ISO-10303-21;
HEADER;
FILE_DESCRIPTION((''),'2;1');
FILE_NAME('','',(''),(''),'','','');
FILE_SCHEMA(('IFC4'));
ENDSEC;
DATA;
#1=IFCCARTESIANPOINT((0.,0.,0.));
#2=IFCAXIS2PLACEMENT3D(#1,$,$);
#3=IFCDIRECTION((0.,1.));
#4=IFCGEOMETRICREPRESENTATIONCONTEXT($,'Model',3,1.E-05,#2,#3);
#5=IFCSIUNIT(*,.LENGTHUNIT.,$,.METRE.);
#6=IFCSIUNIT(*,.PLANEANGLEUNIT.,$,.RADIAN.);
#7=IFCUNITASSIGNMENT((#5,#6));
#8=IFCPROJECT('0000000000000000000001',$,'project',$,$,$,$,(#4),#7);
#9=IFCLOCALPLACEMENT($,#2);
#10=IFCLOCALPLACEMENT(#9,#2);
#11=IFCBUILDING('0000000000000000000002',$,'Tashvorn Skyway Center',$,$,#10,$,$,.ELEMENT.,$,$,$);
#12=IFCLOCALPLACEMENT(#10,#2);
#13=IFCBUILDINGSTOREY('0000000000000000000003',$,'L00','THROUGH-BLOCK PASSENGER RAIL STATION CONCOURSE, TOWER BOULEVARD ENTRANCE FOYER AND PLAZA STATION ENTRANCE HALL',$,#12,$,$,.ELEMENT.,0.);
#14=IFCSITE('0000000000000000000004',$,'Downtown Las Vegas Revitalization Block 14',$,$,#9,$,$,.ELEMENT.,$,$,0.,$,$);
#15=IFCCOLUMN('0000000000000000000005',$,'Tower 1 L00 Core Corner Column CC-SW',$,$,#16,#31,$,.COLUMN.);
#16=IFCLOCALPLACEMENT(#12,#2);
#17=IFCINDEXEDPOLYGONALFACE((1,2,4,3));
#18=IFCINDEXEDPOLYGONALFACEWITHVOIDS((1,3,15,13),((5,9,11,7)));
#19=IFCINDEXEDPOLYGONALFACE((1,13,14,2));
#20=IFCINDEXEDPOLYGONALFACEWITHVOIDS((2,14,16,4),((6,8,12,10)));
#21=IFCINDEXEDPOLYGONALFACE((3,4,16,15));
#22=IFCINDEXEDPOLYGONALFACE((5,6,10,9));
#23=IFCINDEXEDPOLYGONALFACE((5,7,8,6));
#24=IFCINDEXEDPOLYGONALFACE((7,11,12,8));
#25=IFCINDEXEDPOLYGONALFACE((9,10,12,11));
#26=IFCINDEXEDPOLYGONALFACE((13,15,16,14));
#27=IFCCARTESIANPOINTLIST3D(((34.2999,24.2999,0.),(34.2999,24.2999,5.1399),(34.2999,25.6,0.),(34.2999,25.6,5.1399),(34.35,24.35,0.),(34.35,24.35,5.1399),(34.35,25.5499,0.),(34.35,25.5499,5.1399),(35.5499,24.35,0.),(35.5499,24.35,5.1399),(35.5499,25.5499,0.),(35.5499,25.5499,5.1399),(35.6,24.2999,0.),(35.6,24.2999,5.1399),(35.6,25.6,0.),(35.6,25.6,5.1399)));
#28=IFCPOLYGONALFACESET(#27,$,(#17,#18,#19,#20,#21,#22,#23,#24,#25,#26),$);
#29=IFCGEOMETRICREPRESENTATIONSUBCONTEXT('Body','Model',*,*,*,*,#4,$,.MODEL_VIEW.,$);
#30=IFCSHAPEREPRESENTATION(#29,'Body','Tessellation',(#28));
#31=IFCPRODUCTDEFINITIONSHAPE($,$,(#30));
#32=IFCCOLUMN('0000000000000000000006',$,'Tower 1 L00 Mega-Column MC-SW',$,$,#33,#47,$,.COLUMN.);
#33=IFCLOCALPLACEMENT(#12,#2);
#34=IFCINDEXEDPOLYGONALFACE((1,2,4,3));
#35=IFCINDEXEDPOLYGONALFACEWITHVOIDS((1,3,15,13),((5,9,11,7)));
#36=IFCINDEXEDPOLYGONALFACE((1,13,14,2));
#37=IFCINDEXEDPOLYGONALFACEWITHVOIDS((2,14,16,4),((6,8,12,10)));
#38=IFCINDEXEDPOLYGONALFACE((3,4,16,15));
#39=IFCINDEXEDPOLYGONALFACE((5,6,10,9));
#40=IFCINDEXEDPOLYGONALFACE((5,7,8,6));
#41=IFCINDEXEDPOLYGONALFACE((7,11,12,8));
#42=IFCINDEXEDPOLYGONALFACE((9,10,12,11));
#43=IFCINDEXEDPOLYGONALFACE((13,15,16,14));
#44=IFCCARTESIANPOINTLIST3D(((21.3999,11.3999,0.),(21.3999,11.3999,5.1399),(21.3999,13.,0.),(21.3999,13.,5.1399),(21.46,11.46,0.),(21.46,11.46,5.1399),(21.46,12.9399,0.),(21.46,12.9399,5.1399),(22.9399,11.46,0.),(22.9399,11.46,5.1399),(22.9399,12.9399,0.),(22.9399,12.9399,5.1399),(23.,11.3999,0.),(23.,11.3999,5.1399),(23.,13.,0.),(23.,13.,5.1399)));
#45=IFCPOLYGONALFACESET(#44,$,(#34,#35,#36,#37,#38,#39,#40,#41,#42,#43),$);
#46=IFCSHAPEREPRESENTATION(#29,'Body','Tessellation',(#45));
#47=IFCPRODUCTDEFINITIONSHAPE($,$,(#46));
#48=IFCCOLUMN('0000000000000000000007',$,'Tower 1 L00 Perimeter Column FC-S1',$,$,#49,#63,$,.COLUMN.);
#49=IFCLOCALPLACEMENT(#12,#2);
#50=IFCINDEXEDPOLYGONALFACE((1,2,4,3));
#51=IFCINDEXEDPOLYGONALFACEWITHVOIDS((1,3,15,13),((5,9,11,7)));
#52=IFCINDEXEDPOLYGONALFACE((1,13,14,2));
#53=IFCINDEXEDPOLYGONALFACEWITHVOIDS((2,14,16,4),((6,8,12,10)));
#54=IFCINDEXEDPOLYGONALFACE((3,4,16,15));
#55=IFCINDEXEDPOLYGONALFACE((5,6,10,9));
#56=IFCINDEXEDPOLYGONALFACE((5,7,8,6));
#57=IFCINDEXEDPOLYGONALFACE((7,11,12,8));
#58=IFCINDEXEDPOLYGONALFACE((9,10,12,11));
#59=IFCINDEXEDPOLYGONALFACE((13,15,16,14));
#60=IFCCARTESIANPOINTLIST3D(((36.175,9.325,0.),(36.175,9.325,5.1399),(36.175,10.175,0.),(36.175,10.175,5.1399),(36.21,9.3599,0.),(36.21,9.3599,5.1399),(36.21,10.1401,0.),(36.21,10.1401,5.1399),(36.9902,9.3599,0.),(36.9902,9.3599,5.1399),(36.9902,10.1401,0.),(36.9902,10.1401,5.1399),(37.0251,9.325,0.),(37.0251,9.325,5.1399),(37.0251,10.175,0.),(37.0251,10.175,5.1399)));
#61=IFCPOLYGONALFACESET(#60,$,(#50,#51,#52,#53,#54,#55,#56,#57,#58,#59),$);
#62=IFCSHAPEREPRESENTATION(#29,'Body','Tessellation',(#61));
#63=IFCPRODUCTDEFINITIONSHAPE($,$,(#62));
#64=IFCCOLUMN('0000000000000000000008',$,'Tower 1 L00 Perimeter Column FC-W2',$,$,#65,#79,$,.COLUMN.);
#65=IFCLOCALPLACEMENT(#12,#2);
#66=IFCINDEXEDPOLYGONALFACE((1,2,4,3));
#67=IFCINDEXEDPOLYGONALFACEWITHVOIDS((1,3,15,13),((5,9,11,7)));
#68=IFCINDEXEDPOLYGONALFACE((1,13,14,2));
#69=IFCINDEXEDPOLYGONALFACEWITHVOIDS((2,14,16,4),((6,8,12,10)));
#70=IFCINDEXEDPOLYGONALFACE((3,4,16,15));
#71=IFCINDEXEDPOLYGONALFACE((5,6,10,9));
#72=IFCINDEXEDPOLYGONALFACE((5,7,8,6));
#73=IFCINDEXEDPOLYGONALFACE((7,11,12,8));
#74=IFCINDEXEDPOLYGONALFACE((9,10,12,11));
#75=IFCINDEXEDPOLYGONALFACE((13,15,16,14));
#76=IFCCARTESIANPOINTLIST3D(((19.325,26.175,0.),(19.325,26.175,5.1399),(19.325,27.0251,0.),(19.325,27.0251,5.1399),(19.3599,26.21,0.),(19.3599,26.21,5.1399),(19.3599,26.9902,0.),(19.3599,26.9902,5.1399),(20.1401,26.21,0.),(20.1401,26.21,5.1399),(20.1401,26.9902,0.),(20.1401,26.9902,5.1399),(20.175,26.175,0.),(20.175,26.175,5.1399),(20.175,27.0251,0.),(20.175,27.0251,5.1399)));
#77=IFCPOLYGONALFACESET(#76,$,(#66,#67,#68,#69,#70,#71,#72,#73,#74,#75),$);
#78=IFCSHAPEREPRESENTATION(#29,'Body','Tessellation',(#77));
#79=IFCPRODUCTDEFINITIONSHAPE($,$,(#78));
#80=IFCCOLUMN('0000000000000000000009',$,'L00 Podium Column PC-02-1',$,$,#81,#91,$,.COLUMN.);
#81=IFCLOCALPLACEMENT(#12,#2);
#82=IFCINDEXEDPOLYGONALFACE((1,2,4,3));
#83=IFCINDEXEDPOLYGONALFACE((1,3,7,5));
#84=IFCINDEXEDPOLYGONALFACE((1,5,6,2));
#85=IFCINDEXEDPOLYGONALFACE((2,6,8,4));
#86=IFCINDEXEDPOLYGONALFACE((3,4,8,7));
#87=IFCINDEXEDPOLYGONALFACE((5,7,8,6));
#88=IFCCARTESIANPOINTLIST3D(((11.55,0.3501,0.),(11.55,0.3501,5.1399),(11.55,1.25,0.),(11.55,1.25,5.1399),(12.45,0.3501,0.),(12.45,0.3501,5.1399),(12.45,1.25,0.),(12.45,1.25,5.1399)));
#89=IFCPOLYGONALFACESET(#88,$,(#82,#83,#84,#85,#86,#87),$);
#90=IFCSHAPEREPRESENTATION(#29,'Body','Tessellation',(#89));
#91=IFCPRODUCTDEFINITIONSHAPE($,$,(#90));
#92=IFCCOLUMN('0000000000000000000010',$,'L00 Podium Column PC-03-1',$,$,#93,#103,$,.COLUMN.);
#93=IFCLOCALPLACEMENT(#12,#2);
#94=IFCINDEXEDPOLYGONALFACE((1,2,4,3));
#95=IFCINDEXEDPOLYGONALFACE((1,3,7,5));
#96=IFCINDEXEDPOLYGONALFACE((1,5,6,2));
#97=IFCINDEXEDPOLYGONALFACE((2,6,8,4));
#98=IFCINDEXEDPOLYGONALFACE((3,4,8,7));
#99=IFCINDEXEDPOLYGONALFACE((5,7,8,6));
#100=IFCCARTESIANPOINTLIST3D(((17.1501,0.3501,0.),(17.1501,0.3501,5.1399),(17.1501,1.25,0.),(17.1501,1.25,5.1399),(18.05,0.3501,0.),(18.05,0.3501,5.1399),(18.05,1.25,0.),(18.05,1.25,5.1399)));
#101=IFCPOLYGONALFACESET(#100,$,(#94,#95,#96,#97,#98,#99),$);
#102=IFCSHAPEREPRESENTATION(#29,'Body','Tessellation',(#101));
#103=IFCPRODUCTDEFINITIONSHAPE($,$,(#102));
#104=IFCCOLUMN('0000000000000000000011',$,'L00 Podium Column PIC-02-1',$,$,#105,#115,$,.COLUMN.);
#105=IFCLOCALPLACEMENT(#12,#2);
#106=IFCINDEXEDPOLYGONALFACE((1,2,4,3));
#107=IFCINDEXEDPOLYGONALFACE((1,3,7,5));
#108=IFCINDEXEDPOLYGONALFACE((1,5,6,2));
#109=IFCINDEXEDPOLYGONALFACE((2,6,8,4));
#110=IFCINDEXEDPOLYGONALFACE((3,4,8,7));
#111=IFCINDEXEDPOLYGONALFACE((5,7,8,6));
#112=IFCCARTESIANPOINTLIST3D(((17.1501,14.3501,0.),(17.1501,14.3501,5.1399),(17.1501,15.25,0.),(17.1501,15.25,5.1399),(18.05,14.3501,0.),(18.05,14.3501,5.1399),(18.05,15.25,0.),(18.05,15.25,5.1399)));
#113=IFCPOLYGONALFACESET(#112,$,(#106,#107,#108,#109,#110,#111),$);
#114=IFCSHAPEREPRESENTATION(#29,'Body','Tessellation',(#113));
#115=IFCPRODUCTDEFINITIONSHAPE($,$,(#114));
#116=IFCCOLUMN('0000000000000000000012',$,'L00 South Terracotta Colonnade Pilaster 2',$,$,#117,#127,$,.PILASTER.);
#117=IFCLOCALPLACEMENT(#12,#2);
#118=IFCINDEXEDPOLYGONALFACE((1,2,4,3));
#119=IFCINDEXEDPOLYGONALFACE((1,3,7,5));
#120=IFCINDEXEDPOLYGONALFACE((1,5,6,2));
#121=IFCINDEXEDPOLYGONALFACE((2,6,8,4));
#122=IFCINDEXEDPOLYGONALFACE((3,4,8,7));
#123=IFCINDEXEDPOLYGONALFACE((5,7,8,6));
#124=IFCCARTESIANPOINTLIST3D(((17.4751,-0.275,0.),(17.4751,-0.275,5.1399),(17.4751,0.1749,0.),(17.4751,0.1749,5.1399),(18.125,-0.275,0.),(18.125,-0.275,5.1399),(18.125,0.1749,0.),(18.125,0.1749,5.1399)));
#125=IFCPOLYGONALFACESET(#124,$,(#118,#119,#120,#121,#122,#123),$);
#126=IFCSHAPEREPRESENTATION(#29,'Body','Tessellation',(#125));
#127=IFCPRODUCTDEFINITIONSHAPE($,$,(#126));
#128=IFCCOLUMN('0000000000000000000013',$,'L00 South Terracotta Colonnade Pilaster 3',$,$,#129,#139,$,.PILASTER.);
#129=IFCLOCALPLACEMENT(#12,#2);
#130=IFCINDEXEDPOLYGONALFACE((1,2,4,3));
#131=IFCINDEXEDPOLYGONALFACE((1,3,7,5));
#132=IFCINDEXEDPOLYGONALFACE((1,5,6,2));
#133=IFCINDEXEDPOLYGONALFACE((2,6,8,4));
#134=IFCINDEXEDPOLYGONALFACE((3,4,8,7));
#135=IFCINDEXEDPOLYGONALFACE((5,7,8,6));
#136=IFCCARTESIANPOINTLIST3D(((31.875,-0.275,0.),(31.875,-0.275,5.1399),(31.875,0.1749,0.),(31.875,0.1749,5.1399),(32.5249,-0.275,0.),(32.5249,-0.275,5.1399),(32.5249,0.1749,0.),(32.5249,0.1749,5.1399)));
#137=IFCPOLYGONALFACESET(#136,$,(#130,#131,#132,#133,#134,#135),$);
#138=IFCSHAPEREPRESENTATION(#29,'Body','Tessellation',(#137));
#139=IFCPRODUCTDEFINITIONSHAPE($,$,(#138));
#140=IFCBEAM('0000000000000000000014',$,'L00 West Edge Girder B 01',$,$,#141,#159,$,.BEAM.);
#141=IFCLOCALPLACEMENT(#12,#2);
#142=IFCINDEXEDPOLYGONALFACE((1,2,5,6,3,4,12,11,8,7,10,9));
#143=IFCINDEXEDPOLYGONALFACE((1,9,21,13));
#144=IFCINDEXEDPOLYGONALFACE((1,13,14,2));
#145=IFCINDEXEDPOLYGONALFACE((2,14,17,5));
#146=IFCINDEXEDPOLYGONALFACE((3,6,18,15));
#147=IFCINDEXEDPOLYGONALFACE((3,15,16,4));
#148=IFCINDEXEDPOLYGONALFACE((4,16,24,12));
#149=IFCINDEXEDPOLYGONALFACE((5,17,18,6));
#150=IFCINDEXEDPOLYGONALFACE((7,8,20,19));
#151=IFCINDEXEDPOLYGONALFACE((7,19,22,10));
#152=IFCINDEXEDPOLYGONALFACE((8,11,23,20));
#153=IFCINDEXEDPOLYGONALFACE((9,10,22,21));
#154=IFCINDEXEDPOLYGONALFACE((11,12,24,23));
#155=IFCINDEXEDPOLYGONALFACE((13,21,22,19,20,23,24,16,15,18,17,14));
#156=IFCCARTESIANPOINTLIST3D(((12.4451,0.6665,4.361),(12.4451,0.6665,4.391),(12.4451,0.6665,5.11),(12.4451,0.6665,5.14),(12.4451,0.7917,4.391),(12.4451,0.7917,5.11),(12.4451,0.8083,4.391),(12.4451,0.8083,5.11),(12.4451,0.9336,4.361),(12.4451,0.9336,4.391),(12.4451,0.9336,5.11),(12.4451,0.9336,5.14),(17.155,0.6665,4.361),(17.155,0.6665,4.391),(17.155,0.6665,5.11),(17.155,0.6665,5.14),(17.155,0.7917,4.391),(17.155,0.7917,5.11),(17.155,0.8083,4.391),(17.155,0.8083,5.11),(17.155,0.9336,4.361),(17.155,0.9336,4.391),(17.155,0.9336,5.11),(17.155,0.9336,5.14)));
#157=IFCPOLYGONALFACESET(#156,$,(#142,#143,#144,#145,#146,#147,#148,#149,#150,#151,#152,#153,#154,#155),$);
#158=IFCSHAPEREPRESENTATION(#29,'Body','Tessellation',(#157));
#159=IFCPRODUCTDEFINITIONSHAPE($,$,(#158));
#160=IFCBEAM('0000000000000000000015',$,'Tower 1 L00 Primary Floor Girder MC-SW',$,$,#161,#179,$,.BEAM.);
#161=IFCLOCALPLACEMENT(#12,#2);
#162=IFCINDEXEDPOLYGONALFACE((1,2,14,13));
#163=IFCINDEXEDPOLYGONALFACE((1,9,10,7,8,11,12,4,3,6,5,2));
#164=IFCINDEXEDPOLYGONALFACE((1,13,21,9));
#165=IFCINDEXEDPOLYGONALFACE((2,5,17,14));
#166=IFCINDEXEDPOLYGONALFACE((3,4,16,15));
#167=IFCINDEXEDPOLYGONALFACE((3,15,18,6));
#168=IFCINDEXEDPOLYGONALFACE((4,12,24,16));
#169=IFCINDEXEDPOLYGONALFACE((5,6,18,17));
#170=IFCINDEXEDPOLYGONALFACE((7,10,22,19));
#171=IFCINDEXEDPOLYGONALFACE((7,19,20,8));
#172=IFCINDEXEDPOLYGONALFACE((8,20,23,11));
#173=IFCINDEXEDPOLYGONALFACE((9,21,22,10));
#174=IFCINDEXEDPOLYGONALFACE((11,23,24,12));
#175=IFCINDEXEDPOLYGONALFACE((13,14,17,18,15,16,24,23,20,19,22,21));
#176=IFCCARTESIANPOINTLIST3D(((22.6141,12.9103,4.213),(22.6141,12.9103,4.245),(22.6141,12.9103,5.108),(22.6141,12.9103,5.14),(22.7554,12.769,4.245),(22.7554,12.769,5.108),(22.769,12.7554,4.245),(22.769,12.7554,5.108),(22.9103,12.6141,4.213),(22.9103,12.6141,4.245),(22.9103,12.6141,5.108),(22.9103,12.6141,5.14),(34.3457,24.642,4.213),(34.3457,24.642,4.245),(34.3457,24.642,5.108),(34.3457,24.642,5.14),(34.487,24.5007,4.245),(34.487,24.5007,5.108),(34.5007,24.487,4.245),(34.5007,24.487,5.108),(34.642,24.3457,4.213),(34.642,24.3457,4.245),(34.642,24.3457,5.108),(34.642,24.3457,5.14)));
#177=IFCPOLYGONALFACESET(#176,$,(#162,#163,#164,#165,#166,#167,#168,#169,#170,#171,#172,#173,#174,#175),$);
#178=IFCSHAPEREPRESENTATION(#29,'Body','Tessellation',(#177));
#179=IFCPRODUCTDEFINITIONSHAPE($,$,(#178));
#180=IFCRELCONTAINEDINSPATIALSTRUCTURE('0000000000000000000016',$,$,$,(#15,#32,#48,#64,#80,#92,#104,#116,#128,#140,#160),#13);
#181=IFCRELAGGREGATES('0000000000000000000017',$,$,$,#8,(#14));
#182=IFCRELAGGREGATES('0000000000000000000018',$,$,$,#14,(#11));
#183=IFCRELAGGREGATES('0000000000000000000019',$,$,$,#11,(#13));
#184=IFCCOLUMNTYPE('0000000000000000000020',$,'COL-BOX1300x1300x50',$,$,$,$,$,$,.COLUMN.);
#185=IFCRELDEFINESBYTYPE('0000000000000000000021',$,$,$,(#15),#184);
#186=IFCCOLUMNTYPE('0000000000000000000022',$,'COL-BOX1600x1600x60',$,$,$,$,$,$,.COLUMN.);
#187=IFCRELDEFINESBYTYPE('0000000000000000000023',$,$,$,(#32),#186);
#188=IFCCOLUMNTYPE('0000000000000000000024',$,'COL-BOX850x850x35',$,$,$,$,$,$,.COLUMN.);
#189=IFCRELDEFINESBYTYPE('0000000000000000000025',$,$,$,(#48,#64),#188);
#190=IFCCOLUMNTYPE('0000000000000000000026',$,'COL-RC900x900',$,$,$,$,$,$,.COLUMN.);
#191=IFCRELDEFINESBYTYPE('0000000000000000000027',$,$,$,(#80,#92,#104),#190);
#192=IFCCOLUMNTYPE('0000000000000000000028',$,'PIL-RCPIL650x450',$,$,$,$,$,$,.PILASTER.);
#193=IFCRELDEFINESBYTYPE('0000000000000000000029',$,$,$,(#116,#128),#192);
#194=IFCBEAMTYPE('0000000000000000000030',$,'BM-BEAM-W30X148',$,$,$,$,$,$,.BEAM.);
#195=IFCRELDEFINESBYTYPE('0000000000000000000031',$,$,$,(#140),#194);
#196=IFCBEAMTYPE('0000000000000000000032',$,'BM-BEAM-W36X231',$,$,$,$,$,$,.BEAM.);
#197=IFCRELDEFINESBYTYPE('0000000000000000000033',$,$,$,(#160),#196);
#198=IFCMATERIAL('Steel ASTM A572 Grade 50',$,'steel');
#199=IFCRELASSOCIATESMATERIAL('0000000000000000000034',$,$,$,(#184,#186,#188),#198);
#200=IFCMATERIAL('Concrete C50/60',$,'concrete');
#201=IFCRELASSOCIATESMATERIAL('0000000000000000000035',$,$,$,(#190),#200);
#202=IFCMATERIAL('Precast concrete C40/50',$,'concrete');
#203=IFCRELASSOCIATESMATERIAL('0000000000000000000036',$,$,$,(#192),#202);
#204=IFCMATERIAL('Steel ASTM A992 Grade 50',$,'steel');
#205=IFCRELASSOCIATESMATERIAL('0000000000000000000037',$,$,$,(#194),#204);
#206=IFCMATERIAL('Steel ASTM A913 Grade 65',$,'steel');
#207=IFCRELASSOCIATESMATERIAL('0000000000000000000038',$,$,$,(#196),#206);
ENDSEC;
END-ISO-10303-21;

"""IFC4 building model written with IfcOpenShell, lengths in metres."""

from ifc_helpers import new_model, si_unit, direction, frame, origin, origin_2d, place, context, subcontext, project, spatial, rectangle, hollow_rectangle, i_section, extrude, material, material_profile, profile_set, type_object, element, save


model = new_model("IFC4")

# Units and contexts
model_context = context("Model", 3, precision=1e-05, world=origin(), true_north=direction((0.0, 1.0)))
body_context = subcontext(model_context, "Body", "Model", "MODEL_VIEW")
ifc_project = project(units=[si_unit("LENGTHUNIT", "METRE"), si_unit("PLANEANGLEUNIT", "RADIAN")], contexts=[model_context])

# Site, building, storey
site_placement = place(None, origin())
site = spatial("IfcSite", under=ifc_project, at=site_placement, Name="Downtown Las Vegas Revitalization Block 14", CompositionType="ELEMENT", RefElevation=0.0)
building_placement = place(site_placement, origin())
building = spatial("IfcBuilding", under=site, at=building_placement, Name="Tashvorn Skyway Center", CompositionType="ELEMENT")
storey_placement = place(building_placement, origin())
storey = spatial("IfcBuildingStorey", under=building, at=storey_placement, Name="L00", Description="THROUGH-BLOCK PASSENGER RAIL STATION CONCOURSE, TOWER BOULEVARD ENTRANCE FOYER AND PLAZA STATION ENTRANCE HALL", CompositionType="ELEMENT", Elevation=0.0)

# Columns
ifc_material_1 = material(Name="Steel ASTM A572 Grade 50", Category="steel")
ifc_material_profile_1 = material_profile(ifc_material_1, hollow_rectangle(XDim=1.3, YDim=1.3, WallThickness=0.05, at=origin_2d()), Name="BOX1300x1300x50")
ifc_profile_set_1 = profile_set([ifc_material_profile_1], Name="Steel ASTM A572 Grade 50")
column_type_1 = type_object("IfcColumnType", Name="COL-BOX1300x1300x50", PredefinedType="COLUMN", material=ifc_profile_set_1)
column_1_placement = place(storey_placement, frame((34.95, 24.95, 0.0), z_axis=(0.0, 0.0, 1.0), x_axis=(1.0, 0.0, 0.0)))
element("IfcColumn", 1, at=column_1_placement, inside=storey, type_object=column_type_1, Name="Tower 1 L00 Core Corner Column CC-SW", PredefinedType="COLUMN", context=body_context, shape_type="SweptSolid", body=[
    extrude(hollow_rectangle(XDim=1.3, YDim=1.3, WallThickness=0.05, at=origin_2d()), origin(), (0.0, 0.0, 1.0), 5.1399),
])
ifc_material_profile_2 = material_profile(ifc_material_1, hollow_rectangle(XDim=1.6001, YDim=1.6001, WallThickness=0.0601, at=origin_2d()), Name="BOX1600x1600x60")
ifc_profile_set_2 = profile_set([ifc_material_profile_2], Name="Steel ASTM A572 Grade 50")
column_type_2 = type_object("IfcColumnType", Name="COL-BOX1600x1600x60", PredefinedType="COLUMN", material=ifc_profile_set_2)
column_2_placement = place(storey_placement, frame((22.2, 12.2, 0.0), z_axis=(0.0, 0.0, 1.0), x_axis=(1.0, 0.0, 0.0)))
element("IfcColumn", 2, at=column_2_placement, inside=storey, type_object=column_type_2, Name="Tower 1 L00 Mega-Column MC-SW", PredefinedType="COLUMN", context=body_context, shape_type="SweptSolid", body=[
    extrude(hollow_rectangle(XDim=1.6001, YDim=1.6001, WallThickness=0.0601, at=origin_2d()), origin(), (0.0, 0.0, 1.0), 5.1399),
])
ifc_material_profile_3 = material_profile(ifc_material_1, hollow_rectangle(XDim=0.8501, YDim=0.8501, WallThickness=0.0349, at=origin_2d()), Name="BOX850x850x35")
ifc_profile_set_3 = profile_set([ifc_material_profile_3], Name="Steel ASTM A572 Grade 50")
column_type_3 = type_object("IfcColumnType", Name="COL-BOX850x850x35", PredefinedType="COLUMN", material=ifc_profile_set_3)
for number, where, z_axis, x_axis, name in (
    (3, (36.6001, 9.75, 0.0), (0.0, 0.0, 1.0), (1.0, 0.0, 0.0), "Tower 1 L00 Perimeter Column FC-S1"),
    (4, (19.75, 26.6001, 0.0), (0.0, 0.0, 1.0), (1.0, 0.0, 0.0), "Tower 1 L00 Perimeter Column FC-W2"),
):
    element("IfcColumn", number, at=place(storey_placement, frame(where, z_axis=z_axis, x_axis=x_axis)), inside=storey, type_object=column_type_3, Name=name, PredefinedType="COLUMN", context=body_context, shape_type="SweptSolid", body=[
        extrude(hollow_rectangle(XDim=0.8501, YDim=0.8501, WallThickness=0.0349, at=origin_2d()), origin(), (0.0, 0.0, 1.0), 5.1399),
    ])
ifc_material_2 = material(Name="Concrete C50/60", Category="concrete")
ifc_material_profile_4 = material_profile(ifc_material_2, rectangle(XDim=0.8999, YDim=0.8999, at=origin_2d()), Name="RC900x900")
ifc_profile_set_4 = profile_set([ifc_material_profile_4], Name="Concrete C50/60")
column_type_4 = type_object("IfcColumnType", Name="COL-RC900x900", PredefinedType="COLUMN", material=ifc_profile_set_4)
for number, where, z_axis, x_axis, name in (
    (5, (12.0, 0.8, 0.0), (0.0, 0.0, 1.0), (1.0, 0.0, 0.0), "L00 Podium Column PC-02-1"),
    (6, (17.6001, 0.8, 0.0), (0.0, 0.0, 1.0), (1.0, 0.0, 0.0), "L00 Podium Column PC-03-1"),
    (7, (17.6001, 14.8, 0.0), (0.0, 0.0, 1.0), (1.0, 0.0, 0.0), "L00 Podium Column PIC-02-1"),
):
    element("IfcColumn", number, at=place(storey_placement, frame(where, z_axis=z_axis, x_axis=x_axis)), inside=storey, type_object=column_type_4, Name=name, PredefinedType="COLUMN", context=body_context, shape_type="SweptSolid", body=[
        extrude(rectangle(XDim=0.8999, YDim=0.8999, at=origin_2d()), origin(), (0.0, 0.0, 1.0), 5.1399),
    ])
ifc_material_3 = material(Name="Precast concrete C40/50", Category="concrete")
ifc_material_profile_5 = material_profile(ifc_material_3, rectangle(XDim=0.6499, YDim=0.45, at=origin_2d()), Name="RCPIL650x450")
ifc_profile_set_5 = profile_set([ifc_material_profile_5], Name="Precast concrete C40/50")
column_type_5 = type_object("IfcColumnType", Name="PIL-RCPIL650x450", PredefinedType="PILASTER", material=ifc_profile_set_5)
for number, where, z_axis, x_axis, name in (
    (8, (17.8, -0.05, 0.0), (0.0, 0.0, 1.0), (1.0, 0.0, 0.0), "L00 South Terracotta Colonnade Pilaster 2"),
    (9, (32.2, -0.05, 0.0), (0.0, 0.0, 1.0), (1.0, 0.0, 0.0), "L00 South Terracotta Colonnade Pilaster 3"),
):
    element("IfcColumn", number, at=place(storey_placement, frame(where, z_axis=z_axis, x_axis=x_axis)), inside=storey, type_object=column_type_5, Name=name, PredefinedType="PILASTER", context=body_context, shape_type="SweptSolid", body=[
        extrude(rectangle(XDim=0.6499, YDim=0.45, at=origin_2d()), origin(), (0.0, 0.0, 1.0), 5.1399),
    ])

# Beams
ifc_material_4 = material(Name="Steel ASTM A992 Grade 50", Category="steel")
ifc_material_profile_6 = material_profile(ifc_material_4, i_section(OverallWidth=0.2671, OverallDepth=0.7791, WebThickness=0.0166, FlangeThickness=0.03, at=origin_2d()), Name="W30X148")
ifc_profile_set_6 = profile_set([ifc_material_profile_6], Name="Steel ASTM A992 Grade 50")
beam_type_1 = type_object("IfcBeamType", Name="BM-BEAM-W30X148", PredefinedType="BEAM", material=ifc_profile_set_6)
beam_1_placement = place(storey_placement, frame((12.4451, 0.8, 4.7505), z_axis=(1.0, 0.0, 0.0), x_axis=(0.0, 1.0, 0.0)))
element("IfcBeam", 10, at=beam_1_placement, inside=storey, type_object=beam_type_1, Name="L00 West Edge Girder B 01", PredefinedType="BEAM", context=body_context, shape_type="SweptSolid", body=[
    extrude(i_section(OverallWidth=0.2671, OverallDepth=0.7791, WebThickness=0.0166, FlangeThickness=0.03, at=origin_2d()), origin(), (0.0, 0.0, 1.0), 4.71),
])
ifc_material_5 = material(Name="Steel ASTM A913 Grade 65", Category="steel")
ifc_material_profile_7 = material_profile(ifc_material_5, i_section(OverallWidth=0.4189, OverallDepth=0.927, WebThickness=0.0193, FlangeThickness=0.032, at=origin_2d()), Name="W36X231")
ifc_profile_set_7 = profile_set([ifc_material_profile_7], Name="Steel ASTM A913 Grade 65")
beam_type_2 = type_object("IfcBeamType", Name="BM-BEAM-W36X231", PredefinedType="BEAM", material=ifc_profile_set_7)
beam_2_placement = place(storey_placement, frame((22.7622, 12.7622, 4.6765), z_axis=(0.707107, 0.707107, 0.0), x_axis=(-0.707107, 0.707107, 0.0)))
element("IfcBeam", 11, at=beam_2_placement, inside=storey, type_object=beam_type_2, Name="Tower 1 L00 Primary Floor Girder MC-SW", PredefinedType="BEAM", context=body_context, shape_type="SweptSolid", body=[
    extrude(i_section(OverallWidth=0.4189, OverallDepth=0.927, WebThickness=0.0193, FlangeThickness=0.032, at=origin_2d()), origin(), (0.0, 0.0, 1.0), 16.5911),
])

save(model, "model.ifc")
